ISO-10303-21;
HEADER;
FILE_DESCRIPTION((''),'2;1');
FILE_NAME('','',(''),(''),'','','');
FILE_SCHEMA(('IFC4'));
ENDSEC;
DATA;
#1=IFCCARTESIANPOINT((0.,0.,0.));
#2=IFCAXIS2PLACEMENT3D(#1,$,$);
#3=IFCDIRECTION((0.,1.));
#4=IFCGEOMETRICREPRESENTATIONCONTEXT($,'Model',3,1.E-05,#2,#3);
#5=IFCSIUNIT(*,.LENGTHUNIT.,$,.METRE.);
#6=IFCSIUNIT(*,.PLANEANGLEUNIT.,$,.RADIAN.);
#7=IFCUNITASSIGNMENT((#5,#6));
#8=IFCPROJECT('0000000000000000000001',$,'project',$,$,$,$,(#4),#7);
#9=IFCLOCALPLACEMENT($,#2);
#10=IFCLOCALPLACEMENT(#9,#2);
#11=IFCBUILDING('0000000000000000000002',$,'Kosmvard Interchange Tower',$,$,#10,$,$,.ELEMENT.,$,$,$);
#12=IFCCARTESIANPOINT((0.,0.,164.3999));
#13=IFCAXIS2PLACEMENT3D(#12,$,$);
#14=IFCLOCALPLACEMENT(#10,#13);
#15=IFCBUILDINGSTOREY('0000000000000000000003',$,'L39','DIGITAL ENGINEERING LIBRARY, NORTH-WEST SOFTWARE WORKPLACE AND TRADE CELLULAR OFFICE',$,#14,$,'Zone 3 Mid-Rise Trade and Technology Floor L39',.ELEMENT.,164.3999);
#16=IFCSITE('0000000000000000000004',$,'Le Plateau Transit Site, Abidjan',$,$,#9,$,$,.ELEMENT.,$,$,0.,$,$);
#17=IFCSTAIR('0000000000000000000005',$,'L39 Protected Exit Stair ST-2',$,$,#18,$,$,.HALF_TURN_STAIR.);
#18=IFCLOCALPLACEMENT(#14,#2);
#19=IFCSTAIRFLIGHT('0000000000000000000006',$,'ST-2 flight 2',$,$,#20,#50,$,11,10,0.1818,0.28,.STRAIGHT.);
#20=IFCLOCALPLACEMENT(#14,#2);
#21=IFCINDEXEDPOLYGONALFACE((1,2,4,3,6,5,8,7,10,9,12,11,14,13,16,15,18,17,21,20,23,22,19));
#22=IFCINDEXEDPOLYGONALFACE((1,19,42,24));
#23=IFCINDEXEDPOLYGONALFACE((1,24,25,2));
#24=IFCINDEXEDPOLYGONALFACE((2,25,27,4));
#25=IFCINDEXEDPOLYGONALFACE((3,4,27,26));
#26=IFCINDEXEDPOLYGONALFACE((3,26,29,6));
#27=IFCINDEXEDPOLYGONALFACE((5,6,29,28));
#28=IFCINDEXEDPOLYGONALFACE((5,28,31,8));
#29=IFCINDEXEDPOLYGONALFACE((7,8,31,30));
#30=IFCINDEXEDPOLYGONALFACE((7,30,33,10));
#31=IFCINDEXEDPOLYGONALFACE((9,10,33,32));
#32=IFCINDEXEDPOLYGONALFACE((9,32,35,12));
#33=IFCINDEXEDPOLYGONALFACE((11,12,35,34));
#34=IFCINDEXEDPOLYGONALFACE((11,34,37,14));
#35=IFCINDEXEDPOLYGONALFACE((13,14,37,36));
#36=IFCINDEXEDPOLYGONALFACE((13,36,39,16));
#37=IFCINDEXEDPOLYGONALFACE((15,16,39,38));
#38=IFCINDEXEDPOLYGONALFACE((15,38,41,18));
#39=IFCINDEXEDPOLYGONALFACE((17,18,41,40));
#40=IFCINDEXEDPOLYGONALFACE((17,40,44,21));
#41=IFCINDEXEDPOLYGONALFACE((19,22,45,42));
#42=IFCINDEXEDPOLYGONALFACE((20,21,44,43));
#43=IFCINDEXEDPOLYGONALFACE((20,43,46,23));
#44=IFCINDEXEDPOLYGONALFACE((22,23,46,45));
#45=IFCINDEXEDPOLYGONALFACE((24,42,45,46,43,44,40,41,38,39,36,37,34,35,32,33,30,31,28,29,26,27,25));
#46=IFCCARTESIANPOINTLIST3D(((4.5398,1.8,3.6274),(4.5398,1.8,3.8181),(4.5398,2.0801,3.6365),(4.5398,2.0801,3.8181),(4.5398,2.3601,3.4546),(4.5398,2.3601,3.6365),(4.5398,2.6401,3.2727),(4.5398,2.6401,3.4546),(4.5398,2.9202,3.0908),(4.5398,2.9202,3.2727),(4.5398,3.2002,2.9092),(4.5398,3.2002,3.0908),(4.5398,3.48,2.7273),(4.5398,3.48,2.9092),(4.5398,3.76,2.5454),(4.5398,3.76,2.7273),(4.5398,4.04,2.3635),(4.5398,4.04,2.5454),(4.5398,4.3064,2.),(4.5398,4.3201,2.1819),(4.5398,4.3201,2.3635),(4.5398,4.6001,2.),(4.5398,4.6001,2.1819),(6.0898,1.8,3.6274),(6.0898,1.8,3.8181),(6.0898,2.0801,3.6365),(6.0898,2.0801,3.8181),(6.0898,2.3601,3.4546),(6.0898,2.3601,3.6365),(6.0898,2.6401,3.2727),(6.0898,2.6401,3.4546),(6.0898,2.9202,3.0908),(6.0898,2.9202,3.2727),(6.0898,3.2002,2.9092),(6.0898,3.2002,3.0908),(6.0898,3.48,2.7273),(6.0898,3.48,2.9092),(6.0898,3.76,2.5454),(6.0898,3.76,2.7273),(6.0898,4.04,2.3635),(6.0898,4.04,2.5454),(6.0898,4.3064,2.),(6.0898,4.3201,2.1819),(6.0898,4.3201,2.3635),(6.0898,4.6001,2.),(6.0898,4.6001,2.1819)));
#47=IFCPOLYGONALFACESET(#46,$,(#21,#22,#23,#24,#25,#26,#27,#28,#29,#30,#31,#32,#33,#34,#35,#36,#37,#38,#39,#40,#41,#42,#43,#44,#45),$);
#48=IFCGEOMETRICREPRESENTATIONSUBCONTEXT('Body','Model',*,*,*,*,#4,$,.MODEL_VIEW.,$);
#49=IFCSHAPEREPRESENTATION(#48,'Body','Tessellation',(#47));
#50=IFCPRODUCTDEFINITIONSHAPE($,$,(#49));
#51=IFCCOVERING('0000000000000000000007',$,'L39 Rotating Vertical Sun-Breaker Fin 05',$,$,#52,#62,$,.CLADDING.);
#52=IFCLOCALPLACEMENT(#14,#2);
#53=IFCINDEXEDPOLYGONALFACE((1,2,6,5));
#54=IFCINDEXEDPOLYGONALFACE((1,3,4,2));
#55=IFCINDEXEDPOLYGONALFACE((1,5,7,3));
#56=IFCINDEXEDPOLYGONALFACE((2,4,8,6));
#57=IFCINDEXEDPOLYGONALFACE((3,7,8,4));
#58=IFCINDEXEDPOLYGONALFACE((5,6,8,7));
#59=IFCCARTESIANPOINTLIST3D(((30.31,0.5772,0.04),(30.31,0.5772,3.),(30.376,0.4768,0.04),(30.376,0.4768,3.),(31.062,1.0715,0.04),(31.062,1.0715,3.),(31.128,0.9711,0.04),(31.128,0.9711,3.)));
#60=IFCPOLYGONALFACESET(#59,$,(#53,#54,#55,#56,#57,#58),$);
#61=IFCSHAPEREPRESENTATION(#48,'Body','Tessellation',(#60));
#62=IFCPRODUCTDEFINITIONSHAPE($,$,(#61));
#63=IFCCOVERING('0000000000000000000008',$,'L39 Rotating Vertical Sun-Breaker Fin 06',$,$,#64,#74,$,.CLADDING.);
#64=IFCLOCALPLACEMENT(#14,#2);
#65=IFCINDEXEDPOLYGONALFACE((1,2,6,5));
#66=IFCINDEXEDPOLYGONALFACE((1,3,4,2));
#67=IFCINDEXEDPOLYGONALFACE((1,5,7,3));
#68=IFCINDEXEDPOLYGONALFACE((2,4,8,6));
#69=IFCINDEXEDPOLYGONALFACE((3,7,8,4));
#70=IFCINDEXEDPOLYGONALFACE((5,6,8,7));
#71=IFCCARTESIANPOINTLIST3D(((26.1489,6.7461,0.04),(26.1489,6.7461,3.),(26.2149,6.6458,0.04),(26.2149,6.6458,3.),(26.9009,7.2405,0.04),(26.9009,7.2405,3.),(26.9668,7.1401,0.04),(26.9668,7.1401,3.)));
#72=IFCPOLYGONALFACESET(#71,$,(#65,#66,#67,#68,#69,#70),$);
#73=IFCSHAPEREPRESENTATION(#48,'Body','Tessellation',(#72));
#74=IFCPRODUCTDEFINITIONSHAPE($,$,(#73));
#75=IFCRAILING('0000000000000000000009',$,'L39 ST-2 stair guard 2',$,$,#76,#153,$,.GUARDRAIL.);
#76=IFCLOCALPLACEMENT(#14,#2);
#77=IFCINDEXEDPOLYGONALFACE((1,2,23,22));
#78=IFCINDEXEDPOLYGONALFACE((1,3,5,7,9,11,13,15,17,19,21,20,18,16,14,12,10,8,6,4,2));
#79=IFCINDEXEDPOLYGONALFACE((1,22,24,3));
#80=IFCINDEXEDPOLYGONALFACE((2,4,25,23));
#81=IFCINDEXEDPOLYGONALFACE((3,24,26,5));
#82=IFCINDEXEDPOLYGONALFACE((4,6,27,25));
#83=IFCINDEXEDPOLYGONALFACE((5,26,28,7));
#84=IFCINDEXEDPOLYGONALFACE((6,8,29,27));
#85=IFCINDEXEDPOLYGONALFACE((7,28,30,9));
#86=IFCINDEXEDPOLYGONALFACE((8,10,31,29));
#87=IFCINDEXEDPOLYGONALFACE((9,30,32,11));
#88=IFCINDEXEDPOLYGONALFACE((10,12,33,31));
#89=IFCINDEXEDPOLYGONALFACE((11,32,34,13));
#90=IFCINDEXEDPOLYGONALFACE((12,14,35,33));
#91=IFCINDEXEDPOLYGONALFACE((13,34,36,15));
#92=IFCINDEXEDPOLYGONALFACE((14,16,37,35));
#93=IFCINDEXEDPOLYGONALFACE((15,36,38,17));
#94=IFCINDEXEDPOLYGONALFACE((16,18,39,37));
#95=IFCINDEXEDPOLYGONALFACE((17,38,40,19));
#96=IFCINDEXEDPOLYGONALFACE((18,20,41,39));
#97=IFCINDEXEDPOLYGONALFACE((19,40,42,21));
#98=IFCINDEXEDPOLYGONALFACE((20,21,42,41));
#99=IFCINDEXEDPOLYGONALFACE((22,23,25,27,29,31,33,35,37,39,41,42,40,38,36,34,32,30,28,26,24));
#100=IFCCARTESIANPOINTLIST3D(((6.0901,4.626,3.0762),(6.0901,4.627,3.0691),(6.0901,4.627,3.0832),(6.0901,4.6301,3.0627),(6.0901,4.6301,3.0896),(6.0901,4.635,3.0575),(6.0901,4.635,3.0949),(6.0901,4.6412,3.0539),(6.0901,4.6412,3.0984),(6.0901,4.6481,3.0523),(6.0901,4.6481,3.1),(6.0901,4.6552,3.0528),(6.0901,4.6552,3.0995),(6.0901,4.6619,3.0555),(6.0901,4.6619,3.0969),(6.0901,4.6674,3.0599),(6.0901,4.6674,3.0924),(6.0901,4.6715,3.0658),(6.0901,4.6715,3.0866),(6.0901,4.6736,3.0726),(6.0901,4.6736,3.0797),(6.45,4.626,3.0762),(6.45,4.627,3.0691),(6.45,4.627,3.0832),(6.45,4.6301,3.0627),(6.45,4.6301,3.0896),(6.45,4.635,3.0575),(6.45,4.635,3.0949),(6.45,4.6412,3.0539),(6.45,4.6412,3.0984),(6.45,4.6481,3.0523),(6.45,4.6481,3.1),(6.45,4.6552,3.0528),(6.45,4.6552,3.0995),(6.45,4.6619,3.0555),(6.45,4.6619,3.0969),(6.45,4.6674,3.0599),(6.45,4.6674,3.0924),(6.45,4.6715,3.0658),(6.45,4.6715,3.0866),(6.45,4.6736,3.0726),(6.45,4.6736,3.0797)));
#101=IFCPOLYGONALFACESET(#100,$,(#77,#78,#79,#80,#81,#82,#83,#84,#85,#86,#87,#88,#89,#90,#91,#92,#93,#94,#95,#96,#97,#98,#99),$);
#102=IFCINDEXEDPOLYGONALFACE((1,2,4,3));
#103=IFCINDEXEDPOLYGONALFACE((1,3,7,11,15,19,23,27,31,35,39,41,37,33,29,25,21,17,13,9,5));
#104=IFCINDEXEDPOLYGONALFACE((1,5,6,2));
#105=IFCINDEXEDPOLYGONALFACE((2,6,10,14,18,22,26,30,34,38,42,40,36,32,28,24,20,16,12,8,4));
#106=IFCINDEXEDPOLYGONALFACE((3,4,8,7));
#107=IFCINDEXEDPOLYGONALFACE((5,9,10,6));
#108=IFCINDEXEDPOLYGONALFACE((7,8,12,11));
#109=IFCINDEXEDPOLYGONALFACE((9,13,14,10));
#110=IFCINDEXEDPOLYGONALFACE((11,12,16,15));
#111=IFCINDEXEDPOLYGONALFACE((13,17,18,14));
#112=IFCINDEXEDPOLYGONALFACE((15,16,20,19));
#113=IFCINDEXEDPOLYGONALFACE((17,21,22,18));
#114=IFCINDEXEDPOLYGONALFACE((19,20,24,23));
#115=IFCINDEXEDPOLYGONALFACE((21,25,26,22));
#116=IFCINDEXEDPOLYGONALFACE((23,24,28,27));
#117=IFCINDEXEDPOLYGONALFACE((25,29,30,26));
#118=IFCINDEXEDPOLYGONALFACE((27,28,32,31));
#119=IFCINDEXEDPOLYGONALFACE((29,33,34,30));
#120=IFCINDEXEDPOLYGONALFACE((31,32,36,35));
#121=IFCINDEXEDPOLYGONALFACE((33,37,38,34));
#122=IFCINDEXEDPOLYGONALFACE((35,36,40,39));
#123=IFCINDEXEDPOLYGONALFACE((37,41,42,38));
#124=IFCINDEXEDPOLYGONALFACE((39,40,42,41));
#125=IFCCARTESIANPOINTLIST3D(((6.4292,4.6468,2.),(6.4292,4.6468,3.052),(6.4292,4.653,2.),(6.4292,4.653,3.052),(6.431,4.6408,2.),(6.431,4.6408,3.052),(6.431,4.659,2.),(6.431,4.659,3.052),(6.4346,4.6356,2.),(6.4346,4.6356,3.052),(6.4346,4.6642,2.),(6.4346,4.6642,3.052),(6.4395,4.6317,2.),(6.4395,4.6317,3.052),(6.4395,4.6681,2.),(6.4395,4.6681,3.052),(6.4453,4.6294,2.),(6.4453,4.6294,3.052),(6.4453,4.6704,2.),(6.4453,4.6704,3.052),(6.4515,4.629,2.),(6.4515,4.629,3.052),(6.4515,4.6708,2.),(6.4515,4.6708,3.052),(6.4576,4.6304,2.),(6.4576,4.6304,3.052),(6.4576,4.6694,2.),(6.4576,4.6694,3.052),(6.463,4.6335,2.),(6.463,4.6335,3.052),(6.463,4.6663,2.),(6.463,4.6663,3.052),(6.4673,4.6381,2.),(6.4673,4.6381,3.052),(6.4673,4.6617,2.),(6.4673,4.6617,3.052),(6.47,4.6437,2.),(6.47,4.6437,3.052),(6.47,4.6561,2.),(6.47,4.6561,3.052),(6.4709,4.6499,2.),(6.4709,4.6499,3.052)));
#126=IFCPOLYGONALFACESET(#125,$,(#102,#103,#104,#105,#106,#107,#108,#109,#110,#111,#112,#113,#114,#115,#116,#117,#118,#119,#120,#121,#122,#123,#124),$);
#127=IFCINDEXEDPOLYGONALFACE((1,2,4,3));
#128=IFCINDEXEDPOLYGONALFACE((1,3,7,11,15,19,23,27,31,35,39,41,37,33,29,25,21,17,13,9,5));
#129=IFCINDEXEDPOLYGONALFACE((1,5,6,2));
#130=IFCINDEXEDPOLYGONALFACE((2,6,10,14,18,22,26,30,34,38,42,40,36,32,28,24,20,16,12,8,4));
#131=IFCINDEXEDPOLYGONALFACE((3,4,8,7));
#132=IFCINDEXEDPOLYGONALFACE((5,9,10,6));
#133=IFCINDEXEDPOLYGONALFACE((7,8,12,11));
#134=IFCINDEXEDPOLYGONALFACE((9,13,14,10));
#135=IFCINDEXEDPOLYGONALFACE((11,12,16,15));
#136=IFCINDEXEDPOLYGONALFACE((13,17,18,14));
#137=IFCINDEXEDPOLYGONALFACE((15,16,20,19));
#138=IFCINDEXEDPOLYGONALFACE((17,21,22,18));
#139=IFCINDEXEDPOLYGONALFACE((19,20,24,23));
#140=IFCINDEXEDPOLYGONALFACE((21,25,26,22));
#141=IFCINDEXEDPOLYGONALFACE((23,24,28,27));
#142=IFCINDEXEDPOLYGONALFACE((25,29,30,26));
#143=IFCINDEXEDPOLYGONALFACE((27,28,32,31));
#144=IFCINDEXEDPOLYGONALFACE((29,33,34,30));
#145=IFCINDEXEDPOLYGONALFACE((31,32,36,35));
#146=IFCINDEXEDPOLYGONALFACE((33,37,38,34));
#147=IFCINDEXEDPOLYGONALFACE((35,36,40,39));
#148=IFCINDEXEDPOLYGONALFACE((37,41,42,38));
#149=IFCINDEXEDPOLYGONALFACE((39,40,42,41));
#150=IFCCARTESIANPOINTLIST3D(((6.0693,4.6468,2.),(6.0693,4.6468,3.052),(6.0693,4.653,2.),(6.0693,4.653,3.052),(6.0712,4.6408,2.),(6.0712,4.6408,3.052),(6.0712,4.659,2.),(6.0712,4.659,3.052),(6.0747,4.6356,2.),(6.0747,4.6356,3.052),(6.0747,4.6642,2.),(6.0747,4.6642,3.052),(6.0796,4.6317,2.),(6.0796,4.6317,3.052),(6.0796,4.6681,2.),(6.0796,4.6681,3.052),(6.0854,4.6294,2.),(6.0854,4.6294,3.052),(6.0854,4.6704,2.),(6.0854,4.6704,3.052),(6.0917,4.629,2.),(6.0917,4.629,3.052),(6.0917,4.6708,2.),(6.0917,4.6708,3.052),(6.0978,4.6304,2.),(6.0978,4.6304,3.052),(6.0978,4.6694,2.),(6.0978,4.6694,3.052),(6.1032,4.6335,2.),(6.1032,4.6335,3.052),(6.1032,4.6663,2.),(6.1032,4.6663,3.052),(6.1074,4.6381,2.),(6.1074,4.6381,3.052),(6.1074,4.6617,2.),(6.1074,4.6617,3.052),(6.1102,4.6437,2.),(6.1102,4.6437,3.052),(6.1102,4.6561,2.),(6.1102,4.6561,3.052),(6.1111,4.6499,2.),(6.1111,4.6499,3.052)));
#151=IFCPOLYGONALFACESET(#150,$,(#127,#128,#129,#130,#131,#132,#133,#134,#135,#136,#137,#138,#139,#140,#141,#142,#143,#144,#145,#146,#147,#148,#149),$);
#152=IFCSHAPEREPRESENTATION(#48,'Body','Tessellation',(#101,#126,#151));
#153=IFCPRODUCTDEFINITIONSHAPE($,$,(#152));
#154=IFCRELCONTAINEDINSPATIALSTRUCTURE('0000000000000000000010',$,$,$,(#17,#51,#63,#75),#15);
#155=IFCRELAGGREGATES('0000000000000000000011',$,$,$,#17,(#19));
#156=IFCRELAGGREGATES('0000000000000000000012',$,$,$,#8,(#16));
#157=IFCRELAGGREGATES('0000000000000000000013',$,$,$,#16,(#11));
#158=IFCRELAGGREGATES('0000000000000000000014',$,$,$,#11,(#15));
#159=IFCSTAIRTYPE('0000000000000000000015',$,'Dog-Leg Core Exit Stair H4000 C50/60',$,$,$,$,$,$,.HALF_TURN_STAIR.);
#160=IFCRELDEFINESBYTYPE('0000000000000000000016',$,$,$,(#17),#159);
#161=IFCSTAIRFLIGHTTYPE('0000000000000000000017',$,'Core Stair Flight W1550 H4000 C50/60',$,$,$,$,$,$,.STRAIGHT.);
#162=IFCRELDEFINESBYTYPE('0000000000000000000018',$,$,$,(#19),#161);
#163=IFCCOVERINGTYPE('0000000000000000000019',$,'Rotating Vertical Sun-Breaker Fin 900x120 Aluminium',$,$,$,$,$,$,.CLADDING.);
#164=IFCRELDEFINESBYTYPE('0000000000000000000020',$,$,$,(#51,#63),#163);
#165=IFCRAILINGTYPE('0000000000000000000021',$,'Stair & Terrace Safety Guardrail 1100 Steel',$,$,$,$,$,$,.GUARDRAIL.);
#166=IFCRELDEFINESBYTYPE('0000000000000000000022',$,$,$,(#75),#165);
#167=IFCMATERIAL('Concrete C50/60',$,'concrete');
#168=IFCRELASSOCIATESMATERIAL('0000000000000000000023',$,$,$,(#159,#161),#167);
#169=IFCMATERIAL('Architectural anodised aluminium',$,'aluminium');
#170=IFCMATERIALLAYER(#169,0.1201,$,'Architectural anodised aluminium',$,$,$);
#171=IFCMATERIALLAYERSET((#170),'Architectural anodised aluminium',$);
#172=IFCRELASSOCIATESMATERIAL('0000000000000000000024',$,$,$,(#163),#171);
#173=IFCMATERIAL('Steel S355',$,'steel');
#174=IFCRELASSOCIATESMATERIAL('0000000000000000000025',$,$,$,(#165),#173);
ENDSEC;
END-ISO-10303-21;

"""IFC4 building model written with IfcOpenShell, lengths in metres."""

from ifc_helpers import new_model, si_unit, direction, frame, origin, origin_2d, place, context, subcontext, project, spatial, polyline, rectangle, circle, outline, extrude, source, transform, mapped, material, layer, layer_set, type_object, element, aggregate, save


model = new_model("IFC4")

# Units and contexts
model_context = context("Model", 3, precision=1e-05, world=origin(), true_north=direction((0.0, 1.0)))
body_context = subcontext(model_context, "Body", "Model", "MODEL_VIEW")
ifc_project = project(units=[si_unit("LENGTHUNIT", "METRE"), si_unit("PLANEANGLEUNIT", "RADIAN")], contexts=[model_context])

# Site, building, storey
site_placement = place(None, origin())
site = spatial("IfcSite", under=ifc_project, at=site_placement, Name="Le Plateau Transit Site, Abidjan", CompositionType="ELEMENT", RefElevation=0.0)
building_placement = place(site_placement, origin())
building = spatial("IfcBuilding", under=site, at=building_placement, Name="Kosmvard Interchange Tower", CompositionType="ELEMENT")
storey_placement = place(building_placement, frame((0.0, 0.0, 164.3999)))
storey = spatial("IfcBuildingStorey", under=building, at=storey_placement, Name="L39", Description="DIGITAL ENGINEERING LIBRARY, NORTH-WEST SOFTWARE WORKPLACE AND TRADE CELLULAR OFFICE", LongName="Zone 3 Mid-Rise Trade and Technology Floor L39", CompositionType="ELEMENT", Elevation=164.3999)

# Shared definitions
ifc_material_1 = material(Name="Concrete C50/60", Category="concrete")

# Stair
stair_type = type_object("IfcStairType", Name="Dog-Leg Core Exit Stair H4000 C50/60", PredefinedType="HALF_TURN_STAIR", material=ifc_material_1)
stair_1_placement = place(storey_placement, origin())
stair_1 = element("IfcStair", 1, at=stair_1_placement, inside=storey, type_object=stair_type, Name="L39 Protected Exit Stair ST-2", PredefinedType="HALF_TURN_STAIR")

# Stair flight
stair_flight_type = type_object("IfcStairFlightType", Name="Core Stair Flight W1550 H4000 C50/60", PredefinedType="STRAIGHT", material=ifc_material_1)
shared_shape_1 = source(origin(), body_context, "Body", "SweptSolid", [
    extrude(outline(polyline([(0.0, 0.0), (0.0, 0.1819), (0.28, 0.1819), (0.28, 0.3635), (0.5601, 0.3635), (0.5601, 0.5454), (0.8401, 0.5454), (0.8401, 0.7273), (1.1201, 0.7273), (1.1201, 0.9092), (1.3999, 0.9092), (1.3999, 1.0908), (1.6799, 1.0908), (1.6799, 1.2727), (1.96, 1.2727), (1.96, 1.4546), (2.24, 1.4546), (2.24, 1.6365), (2.52, 1.6365), (2.52, 1.8181), (2.8, 1.8181), (2.8, 2.0), (2.8, 1.6274), (0.2937, 0.0), (0.0, 0.0)])), frame((0.0, 0.7749, 0.0), z_axis=(0.0, -1.0, 0.0), x_axis=(1.0, 0.0, 0.0)), (0.0, 0.0, 1.0), 1.55),
])
stair_flight_1_placement = place(storey_placement, frame((5.3149, 4.6001, 2.0), z_axis=(0.0, 0.0, 1.0), x_axis=(0.0, -1.0, 0.0)))
stair_flight_1 = element("IfcStairFlight", 2, at=stair_flight_1_placement, type_object=stair_flight_type, Name="ST-2 flight 2", NumberOfRisers=11, NumberOfTreads=10, PredefinedType="STRAIGHT", RiserHeight=0.1818, TreadLength=0.28, context=body_context, shape_type="MappedRepresentation", body=[
    mapped(shared_shape_1, transform((0.0, 0.0, 0.0), scale=1.0)),
])
aggregate(stair_1, [stair_flight_1])

# Coverings
ifc_material_2 = material(Name="Architectural anodised aluminium", Category="aluminium")
ifc_layer_1 = layer(ifc_material_2, 0.1201, Name="Architectural anodised aluminium")
ifc_layer_set_1 = layer_set([ifc_layer_1], Name="Architectural anodised aluminium")
covering_type = type_object("IfcCoveringType", Name="Rotating Vertical Sun-Breaker Fin 900x120 Aluminium", PredefinedType="CLADDING", material=ifc_layer_set_1)
shared_shape_2 = source(origin(), body_context, "Body", "SweptSolid", [
    extrude(rectangle(XDim=0.8999, YDim=0.1201, at=origin_2d()), origin(), (0.0, 0.0, 1.0), 2.96),
])
for number, where, z_axis, x_axis, name in (
    (3, (30.719, 0.7742, 0.04), (0.0, 0.0, 1.0), (0.835616, 0.549315, 0.0), "L39 Rotating Vertical Sun-Breaker Fin 05"),
    (4, (26.5579, 6.9431, 0.04), (0.0, 0.0, 1.0), (0.835616, 0.549315, 0.0), "L39 Rotating Vertical Sun-Breaker Fin 06"),
):
    element("IfcCovering", number, at=place(storey_placement, frame(where, z_axis=z_axis, x_axis=x_axis)), inside=storey, type_object=covering_type, Name=name, PredefinedType="CLADDING", context=body_context, shape_type="MappedRepresentation", body=[
        mapped(shared_shape_2, transform((0.0, 0.0, 0.0), scale=1.0)),
    ])

# Railing
ifc_material_3 = material(Name="Steel S355", Category="steel")
railing_type_1 = type_object("IfcRailingType", Name="Stair & Terrace Safety Guardrail 1100 Steel", PredefinedType="GUARDRAIL", material=ifc_material_3)
shared_shape_3 = source(origin(), body_context, "Body", "SweptSolid", [
    extrude(circle(Radius=0.0239, at=origin_2d()), frame((0.0, 0.0, 1.0762), z_axis=(-1.0, 0.0, 0.0), x_axis=(0.0, -1.0, 0.0)), (0.0, 0.0, 1.0), 0.3599),
    extrude(circle(Radius=0.021, at=origin_2d()), origin(), (0.0, 0.0, 1.0), 1.052),
    extrude(circle(Radius=0.021, at=origin_2d()), frame((-0.3599, 0.0, 0.0)), (0.0, 0.0, 1.0), 1.052),
])
for number, where, name in (
    (5, (6.45, 4.6499, 2.0), "L39 ST-2 stair guard 2"),
):
    element("IfcRailing", number, at=place(storey_placement, frame(where)), inside=storey, type_object=railing_type_1, Name=name, PredefinedType="GUARDRAIL", context=body_context, shape_type="MappedRepresentation", body=[
        mapped(shared_shape_3, transform((0.0, 0.0, 0.0), scale=1.0)),
    ])

save(model, "model.ifc")
